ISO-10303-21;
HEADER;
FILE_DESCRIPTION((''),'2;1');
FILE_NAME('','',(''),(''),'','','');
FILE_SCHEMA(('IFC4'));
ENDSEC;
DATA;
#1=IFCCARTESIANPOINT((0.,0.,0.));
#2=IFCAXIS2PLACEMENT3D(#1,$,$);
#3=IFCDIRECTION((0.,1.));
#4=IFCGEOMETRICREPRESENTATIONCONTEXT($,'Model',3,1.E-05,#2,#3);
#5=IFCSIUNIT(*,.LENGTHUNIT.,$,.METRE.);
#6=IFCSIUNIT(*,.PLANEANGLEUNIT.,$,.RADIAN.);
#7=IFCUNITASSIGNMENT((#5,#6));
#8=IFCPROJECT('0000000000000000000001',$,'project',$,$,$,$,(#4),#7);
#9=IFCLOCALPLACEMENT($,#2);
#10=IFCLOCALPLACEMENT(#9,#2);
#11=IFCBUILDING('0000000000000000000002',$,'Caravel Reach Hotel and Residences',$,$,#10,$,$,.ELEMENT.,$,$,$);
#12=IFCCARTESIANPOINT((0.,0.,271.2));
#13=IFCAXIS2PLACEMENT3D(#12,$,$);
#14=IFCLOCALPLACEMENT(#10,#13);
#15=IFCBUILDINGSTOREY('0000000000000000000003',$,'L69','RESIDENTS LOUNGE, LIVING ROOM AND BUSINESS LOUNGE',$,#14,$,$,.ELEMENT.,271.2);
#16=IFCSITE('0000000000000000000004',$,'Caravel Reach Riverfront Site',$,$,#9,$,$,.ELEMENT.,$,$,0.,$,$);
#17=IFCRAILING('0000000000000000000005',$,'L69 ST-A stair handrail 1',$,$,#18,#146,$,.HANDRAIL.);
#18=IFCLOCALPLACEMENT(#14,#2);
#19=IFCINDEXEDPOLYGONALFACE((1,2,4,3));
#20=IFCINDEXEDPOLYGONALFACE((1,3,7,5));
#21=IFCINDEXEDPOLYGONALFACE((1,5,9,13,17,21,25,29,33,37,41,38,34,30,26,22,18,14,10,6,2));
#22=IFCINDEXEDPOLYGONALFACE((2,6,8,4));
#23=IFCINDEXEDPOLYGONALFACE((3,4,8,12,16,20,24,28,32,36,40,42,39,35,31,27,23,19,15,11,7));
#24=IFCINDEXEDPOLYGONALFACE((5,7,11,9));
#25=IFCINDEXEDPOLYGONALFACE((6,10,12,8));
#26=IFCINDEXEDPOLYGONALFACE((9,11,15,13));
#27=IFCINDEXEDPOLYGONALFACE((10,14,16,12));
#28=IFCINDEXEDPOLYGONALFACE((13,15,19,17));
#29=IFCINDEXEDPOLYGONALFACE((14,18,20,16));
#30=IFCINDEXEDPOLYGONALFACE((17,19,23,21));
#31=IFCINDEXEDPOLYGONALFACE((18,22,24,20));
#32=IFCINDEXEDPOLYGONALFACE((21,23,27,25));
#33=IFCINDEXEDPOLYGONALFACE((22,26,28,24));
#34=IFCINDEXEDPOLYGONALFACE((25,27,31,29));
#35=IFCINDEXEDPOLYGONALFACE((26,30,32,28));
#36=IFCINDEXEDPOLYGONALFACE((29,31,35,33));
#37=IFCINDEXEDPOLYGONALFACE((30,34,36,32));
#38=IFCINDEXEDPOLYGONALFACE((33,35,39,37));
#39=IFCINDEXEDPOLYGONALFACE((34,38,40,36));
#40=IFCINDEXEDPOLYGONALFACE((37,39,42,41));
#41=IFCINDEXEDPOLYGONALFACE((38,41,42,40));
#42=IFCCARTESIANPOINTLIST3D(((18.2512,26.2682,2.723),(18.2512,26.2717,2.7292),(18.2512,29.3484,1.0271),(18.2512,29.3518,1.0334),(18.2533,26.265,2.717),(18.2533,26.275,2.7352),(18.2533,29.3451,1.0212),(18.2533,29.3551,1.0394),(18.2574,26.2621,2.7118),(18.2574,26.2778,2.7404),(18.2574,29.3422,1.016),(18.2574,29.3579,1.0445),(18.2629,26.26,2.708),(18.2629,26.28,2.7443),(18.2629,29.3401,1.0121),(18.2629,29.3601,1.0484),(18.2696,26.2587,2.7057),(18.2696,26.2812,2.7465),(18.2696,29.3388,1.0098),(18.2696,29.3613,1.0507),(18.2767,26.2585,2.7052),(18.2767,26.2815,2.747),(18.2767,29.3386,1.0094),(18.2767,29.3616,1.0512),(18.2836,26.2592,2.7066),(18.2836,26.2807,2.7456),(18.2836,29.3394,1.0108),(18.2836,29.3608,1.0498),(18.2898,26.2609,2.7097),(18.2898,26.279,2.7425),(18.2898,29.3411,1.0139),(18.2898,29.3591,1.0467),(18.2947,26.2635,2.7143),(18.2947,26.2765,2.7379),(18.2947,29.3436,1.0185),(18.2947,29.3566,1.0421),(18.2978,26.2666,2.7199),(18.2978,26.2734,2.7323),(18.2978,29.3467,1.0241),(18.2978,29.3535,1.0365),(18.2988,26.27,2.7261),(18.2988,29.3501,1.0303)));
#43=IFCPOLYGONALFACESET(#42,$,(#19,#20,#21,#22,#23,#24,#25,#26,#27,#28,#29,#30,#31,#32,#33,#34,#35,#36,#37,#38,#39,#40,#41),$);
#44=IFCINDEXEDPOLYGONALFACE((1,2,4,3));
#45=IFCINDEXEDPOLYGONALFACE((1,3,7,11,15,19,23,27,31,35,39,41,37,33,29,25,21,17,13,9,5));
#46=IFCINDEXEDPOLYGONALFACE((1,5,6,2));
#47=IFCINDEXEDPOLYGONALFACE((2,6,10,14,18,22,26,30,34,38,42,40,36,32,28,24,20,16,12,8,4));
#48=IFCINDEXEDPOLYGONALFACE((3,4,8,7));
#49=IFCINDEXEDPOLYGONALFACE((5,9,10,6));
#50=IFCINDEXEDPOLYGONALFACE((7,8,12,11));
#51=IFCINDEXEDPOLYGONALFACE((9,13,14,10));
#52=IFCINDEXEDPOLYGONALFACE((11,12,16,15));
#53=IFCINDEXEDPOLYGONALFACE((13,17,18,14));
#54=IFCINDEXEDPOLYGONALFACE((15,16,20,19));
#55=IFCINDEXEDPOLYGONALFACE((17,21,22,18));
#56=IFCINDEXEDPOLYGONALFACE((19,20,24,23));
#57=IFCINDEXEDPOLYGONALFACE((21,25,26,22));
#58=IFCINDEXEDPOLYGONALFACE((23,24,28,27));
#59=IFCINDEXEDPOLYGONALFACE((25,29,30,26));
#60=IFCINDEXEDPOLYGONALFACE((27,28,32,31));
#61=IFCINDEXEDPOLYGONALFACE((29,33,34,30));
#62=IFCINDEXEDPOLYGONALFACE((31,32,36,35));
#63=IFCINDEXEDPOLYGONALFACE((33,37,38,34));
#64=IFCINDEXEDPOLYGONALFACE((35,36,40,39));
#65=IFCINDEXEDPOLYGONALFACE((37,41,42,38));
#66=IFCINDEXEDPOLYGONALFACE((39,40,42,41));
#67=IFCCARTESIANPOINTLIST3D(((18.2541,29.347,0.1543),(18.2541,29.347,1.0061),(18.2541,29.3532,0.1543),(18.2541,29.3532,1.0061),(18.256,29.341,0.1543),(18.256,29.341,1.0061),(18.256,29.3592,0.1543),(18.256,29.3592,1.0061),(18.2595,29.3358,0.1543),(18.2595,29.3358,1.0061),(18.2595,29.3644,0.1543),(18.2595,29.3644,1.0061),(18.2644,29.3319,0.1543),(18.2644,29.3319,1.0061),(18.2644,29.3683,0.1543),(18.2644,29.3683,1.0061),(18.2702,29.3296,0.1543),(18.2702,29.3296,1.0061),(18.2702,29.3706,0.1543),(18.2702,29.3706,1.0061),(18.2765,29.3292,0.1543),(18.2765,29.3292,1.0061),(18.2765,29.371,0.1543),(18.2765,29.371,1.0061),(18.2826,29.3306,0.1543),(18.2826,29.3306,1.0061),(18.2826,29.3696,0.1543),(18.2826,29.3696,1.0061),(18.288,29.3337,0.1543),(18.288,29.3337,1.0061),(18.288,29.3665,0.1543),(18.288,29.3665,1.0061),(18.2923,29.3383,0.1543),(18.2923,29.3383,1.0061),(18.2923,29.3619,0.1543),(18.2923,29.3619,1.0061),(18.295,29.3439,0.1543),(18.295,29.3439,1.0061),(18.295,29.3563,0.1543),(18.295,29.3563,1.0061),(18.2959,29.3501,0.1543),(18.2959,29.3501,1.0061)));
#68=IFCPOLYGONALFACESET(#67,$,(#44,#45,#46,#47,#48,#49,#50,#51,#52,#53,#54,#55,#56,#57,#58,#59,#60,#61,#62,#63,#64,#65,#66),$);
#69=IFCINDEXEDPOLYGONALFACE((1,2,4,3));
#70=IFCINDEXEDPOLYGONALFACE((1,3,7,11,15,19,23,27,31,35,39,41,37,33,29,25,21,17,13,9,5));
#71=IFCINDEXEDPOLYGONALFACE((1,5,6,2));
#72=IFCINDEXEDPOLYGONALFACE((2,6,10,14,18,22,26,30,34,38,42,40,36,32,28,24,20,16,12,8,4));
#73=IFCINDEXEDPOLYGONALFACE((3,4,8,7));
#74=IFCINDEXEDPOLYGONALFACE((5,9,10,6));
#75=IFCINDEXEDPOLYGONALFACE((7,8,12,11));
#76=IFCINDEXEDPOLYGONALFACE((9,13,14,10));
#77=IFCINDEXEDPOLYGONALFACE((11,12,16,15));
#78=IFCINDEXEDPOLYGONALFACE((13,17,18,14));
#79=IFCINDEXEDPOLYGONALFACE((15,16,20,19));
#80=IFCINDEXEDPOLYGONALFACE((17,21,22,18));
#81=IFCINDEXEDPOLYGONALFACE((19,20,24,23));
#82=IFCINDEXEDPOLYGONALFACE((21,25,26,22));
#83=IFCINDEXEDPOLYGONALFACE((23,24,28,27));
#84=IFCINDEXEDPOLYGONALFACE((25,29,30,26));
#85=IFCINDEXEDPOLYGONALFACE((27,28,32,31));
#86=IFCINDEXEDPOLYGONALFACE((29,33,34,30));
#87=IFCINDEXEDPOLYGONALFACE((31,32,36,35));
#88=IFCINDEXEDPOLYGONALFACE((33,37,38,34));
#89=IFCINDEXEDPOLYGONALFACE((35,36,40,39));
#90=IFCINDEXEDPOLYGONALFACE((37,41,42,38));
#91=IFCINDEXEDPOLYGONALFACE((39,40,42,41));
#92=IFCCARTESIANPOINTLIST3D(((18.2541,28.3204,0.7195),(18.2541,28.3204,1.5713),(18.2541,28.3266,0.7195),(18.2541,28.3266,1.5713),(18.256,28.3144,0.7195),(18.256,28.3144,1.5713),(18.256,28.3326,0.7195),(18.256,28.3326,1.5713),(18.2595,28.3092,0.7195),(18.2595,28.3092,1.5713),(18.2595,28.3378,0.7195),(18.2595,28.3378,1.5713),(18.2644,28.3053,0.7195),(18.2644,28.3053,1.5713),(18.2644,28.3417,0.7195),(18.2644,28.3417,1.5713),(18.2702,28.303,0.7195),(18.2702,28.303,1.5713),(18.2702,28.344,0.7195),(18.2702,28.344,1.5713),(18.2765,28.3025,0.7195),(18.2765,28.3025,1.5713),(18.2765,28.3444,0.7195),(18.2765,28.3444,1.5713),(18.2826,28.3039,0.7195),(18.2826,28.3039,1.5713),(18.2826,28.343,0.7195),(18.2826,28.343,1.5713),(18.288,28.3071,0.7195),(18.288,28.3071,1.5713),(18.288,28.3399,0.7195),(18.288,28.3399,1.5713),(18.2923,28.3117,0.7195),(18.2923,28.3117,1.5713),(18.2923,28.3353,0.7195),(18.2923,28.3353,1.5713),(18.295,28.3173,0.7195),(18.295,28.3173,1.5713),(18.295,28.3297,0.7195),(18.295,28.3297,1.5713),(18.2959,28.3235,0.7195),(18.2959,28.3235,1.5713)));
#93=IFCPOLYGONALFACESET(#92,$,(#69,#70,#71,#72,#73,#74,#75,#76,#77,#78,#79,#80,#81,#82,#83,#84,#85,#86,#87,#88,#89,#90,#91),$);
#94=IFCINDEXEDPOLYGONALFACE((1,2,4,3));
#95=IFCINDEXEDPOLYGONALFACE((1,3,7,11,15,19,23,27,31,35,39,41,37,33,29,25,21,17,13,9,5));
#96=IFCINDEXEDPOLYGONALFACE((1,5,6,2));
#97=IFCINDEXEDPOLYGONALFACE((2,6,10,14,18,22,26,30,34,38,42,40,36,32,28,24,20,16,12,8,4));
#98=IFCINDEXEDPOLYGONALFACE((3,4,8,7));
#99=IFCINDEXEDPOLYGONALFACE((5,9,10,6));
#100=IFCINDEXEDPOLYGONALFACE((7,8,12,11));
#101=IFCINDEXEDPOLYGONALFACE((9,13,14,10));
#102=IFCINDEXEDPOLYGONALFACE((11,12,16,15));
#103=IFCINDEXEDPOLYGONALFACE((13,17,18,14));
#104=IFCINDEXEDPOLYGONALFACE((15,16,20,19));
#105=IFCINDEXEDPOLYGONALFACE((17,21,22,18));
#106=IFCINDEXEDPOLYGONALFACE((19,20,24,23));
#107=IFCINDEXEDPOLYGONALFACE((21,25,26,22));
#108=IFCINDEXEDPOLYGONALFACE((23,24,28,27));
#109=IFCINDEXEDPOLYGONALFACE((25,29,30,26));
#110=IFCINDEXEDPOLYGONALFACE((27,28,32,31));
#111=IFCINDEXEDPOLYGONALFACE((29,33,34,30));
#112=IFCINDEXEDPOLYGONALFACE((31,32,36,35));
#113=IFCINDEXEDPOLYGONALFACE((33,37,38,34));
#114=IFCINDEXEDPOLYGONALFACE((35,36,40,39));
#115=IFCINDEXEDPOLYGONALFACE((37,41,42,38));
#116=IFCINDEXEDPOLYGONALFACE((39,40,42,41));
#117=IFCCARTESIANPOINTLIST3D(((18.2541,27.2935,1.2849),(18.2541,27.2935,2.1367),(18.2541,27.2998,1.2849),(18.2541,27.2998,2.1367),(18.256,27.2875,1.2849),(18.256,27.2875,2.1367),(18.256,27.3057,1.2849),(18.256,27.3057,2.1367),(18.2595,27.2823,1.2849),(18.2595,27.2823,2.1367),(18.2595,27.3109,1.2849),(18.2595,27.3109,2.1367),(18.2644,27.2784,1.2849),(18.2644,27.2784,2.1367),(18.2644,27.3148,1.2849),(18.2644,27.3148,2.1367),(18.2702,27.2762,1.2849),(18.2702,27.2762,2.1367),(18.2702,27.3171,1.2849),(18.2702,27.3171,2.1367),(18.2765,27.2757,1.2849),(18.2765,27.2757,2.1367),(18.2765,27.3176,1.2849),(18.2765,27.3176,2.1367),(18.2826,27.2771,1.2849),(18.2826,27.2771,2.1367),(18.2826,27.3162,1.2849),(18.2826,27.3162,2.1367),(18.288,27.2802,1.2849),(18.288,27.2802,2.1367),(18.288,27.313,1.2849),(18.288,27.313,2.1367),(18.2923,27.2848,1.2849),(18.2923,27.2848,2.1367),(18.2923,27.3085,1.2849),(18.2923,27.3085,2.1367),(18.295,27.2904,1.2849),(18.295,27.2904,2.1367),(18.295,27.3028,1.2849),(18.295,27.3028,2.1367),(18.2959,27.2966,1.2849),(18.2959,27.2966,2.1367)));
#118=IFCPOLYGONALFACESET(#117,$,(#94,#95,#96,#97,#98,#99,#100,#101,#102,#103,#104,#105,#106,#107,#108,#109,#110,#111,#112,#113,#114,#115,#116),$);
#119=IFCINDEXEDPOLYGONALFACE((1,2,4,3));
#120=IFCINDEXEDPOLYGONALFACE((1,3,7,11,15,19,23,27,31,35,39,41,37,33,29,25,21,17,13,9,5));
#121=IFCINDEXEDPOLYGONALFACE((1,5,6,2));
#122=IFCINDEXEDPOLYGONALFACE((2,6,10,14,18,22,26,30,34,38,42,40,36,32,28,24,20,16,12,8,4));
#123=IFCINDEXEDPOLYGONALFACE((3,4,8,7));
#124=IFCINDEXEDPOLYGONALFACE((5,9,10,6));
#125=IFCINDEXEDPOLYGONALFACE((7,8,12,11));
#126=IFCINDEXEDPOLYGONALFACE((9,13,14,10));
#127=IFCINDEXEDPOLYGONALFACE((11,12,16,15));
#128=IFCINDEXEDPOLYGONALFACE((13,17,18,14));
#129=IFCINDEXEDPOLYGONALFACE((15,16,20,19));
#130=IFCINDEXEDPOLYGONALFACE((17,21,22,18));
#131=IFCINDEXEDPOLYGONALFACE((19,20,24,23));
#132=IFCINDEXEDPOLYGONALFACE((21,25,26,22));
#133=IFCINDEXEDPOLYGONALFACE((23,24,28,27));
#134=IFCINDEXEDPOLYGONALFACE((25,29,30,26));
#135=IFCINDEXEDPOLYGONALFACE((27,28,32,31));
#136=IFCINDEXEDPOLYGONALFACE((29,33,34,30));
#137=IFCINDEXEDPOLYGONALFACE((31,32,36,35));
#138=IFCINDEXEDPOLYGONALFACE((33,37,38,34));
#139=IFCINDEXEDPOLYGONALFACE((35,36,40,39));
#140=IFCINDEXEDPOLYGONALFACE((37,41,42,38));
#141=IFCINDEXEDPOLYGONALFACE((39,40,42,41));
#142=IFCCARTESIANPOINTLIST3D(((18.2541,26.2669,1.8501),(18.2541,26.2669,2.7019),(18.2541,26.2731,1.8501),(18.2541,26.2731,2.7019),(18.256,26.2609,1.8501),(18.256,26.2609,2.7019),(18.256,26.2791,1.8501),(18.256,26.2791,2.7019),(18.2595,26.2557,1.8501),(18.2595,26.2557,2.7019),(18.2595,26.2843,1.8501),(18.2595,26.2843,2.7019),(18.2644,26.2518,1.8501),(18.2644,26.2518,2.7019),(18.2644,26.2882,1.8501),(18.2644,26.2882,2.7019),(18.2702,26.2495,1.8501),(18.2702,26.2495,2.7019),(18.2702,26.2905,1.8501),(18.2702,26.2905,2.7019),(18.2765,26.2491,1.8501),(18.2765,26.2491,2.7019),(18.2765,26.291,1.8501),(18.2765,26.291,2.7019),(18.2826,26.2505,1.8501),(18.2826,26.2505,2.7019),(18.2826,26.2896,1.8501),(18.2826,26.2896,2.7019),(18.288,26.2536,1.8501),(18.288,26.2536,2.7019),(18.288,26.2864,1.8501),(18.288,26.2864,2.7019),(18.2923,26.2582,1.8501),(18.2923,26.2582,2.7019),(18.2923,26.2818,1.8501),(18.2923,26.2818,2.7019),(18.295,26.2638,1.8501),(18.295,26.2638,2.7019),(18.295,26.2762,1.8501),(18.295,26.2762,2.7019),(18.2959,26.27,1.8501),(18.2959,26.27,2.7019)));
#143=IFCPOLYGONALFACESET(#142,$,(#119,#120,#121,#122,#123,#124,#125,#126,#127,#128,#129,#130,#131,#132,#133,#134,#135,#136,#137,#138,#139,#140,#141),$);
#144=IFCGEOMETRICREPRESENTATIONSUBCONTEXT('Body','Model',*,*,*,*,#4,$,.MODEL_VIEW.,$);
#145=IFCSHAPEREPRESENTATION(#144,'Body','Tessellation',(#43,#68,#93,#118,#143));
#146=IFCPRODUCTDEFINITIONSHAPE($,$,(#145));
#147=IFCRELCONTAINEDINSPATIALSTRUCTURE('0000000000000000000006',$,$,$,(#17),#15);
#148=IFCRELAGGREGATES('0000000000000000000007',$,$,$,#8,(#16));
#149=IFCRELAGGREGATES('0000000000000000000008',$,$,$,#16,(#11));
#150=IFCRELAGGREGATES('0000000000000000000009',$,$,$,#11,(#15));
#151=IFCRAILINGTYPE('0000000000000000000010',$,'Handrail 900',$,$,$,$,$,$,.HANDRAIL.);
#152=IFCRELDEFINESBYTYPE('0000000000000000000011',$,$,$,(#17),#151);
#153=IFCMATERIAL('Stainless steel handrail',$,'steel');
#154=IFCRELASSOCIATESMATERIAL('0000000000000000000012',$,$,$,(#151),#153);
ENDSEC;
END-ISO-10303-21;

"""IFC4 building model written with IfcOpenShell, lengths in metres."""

from ifc_helpers import new_model, si_unit, direction, frame, origin, origin_2d, place, context, subcontext, project, spatial, circle, extrude, material, type_object, element, save


model = new_model("IFC4")

# Units and contexts
model_context = context("Model", 3, precision=1e-05, world=origin(), true_north=direction((0.0, 1.0)))
body_context = subcontext(model_context, "Body", "Model", "MODEL_VIEW")
ifc_project = project(units=[si_unit("LENGTHUNIT", "METRE"), si_unit("PLANEANGLEUNIT", "RADIAN")], contexts=[model_context])

# Site, building, storey
site_placement = place(None, origin())
site = spatial("IfcSite", under=ifc_project, at=site_placement, Name="Caravel Reach Riverfront Site", CompositionType="ELEMENT", RefElevation=0.0)
building_placement = place(site_placement, origin())
building = spatial("IfcBuilding", under=site, at=building_placement, Name="Caravel Reach Hotel and Residences", CompositionType="ELEMENT")
storey_placement = place(building_placement, frame((0.0, 0.0, 271.2)))
storey = spatial("IfcBuildingStorey", under=building, at=storey_placement, Name="L69", Description="RESIDENTS LOUNGE, LIVING ROOM AND BUSINESS LOUNGE", CompositionType="ELEMENT", Elevation=271.2)

# Railing
ifc_material_1 = material(Name="Stainless steel handrail", Category="steel")
railing_type_1 = type_object("IfcRailingType", Name="Handrail 900", PredefinedType="HANDRAIL", material=ifc_material_1)
railing_1_placement = place(storey_placement, frame((18.2749, 29.3501, 0.1543)))
element("IfcRailing", 1, at=railing_1_placement, inside=storey, type_object=railing_type_1, Name="L69 ST-A stair handrail 1", PredefinedType="HANDRAIL", context=body_context, shape_type="SweptSolid", body=[
    extrude(circle(Radius=0.0239, at=origin_2d()), frame((0.0, 0.0, 0.876), z_axis=(0.0, -0.876005, 0.482303), x_axis=(1.0, 0.0, 0.0)), (0.0, 0.0, 1.0), 3.5161),
    extrude(circle(Radius=0.021, at=origin_2d()), origin(), (0.0, 0.0, 1.0), 0.8518),
    extrude(circle(Radius=0.021, at=origin_2d()), frame((0.0, -1.0266, 0.5652)), (0.0, 0.0, 1.0), 0.8518),
    extrude(circle(Radius=0.021, at=origin_2d()), frame((0.0, -2.0535, 1.1306)), (0.0, 0.0, 1.0), 0.8518),
    extrude(circle(Radius=0.021, at=origin_2d()), frame((0.0, -3.0801, 1.6958)), (0.0, 0.0, 1.0), 0.8518),
])

save(model, "model.ifc")
